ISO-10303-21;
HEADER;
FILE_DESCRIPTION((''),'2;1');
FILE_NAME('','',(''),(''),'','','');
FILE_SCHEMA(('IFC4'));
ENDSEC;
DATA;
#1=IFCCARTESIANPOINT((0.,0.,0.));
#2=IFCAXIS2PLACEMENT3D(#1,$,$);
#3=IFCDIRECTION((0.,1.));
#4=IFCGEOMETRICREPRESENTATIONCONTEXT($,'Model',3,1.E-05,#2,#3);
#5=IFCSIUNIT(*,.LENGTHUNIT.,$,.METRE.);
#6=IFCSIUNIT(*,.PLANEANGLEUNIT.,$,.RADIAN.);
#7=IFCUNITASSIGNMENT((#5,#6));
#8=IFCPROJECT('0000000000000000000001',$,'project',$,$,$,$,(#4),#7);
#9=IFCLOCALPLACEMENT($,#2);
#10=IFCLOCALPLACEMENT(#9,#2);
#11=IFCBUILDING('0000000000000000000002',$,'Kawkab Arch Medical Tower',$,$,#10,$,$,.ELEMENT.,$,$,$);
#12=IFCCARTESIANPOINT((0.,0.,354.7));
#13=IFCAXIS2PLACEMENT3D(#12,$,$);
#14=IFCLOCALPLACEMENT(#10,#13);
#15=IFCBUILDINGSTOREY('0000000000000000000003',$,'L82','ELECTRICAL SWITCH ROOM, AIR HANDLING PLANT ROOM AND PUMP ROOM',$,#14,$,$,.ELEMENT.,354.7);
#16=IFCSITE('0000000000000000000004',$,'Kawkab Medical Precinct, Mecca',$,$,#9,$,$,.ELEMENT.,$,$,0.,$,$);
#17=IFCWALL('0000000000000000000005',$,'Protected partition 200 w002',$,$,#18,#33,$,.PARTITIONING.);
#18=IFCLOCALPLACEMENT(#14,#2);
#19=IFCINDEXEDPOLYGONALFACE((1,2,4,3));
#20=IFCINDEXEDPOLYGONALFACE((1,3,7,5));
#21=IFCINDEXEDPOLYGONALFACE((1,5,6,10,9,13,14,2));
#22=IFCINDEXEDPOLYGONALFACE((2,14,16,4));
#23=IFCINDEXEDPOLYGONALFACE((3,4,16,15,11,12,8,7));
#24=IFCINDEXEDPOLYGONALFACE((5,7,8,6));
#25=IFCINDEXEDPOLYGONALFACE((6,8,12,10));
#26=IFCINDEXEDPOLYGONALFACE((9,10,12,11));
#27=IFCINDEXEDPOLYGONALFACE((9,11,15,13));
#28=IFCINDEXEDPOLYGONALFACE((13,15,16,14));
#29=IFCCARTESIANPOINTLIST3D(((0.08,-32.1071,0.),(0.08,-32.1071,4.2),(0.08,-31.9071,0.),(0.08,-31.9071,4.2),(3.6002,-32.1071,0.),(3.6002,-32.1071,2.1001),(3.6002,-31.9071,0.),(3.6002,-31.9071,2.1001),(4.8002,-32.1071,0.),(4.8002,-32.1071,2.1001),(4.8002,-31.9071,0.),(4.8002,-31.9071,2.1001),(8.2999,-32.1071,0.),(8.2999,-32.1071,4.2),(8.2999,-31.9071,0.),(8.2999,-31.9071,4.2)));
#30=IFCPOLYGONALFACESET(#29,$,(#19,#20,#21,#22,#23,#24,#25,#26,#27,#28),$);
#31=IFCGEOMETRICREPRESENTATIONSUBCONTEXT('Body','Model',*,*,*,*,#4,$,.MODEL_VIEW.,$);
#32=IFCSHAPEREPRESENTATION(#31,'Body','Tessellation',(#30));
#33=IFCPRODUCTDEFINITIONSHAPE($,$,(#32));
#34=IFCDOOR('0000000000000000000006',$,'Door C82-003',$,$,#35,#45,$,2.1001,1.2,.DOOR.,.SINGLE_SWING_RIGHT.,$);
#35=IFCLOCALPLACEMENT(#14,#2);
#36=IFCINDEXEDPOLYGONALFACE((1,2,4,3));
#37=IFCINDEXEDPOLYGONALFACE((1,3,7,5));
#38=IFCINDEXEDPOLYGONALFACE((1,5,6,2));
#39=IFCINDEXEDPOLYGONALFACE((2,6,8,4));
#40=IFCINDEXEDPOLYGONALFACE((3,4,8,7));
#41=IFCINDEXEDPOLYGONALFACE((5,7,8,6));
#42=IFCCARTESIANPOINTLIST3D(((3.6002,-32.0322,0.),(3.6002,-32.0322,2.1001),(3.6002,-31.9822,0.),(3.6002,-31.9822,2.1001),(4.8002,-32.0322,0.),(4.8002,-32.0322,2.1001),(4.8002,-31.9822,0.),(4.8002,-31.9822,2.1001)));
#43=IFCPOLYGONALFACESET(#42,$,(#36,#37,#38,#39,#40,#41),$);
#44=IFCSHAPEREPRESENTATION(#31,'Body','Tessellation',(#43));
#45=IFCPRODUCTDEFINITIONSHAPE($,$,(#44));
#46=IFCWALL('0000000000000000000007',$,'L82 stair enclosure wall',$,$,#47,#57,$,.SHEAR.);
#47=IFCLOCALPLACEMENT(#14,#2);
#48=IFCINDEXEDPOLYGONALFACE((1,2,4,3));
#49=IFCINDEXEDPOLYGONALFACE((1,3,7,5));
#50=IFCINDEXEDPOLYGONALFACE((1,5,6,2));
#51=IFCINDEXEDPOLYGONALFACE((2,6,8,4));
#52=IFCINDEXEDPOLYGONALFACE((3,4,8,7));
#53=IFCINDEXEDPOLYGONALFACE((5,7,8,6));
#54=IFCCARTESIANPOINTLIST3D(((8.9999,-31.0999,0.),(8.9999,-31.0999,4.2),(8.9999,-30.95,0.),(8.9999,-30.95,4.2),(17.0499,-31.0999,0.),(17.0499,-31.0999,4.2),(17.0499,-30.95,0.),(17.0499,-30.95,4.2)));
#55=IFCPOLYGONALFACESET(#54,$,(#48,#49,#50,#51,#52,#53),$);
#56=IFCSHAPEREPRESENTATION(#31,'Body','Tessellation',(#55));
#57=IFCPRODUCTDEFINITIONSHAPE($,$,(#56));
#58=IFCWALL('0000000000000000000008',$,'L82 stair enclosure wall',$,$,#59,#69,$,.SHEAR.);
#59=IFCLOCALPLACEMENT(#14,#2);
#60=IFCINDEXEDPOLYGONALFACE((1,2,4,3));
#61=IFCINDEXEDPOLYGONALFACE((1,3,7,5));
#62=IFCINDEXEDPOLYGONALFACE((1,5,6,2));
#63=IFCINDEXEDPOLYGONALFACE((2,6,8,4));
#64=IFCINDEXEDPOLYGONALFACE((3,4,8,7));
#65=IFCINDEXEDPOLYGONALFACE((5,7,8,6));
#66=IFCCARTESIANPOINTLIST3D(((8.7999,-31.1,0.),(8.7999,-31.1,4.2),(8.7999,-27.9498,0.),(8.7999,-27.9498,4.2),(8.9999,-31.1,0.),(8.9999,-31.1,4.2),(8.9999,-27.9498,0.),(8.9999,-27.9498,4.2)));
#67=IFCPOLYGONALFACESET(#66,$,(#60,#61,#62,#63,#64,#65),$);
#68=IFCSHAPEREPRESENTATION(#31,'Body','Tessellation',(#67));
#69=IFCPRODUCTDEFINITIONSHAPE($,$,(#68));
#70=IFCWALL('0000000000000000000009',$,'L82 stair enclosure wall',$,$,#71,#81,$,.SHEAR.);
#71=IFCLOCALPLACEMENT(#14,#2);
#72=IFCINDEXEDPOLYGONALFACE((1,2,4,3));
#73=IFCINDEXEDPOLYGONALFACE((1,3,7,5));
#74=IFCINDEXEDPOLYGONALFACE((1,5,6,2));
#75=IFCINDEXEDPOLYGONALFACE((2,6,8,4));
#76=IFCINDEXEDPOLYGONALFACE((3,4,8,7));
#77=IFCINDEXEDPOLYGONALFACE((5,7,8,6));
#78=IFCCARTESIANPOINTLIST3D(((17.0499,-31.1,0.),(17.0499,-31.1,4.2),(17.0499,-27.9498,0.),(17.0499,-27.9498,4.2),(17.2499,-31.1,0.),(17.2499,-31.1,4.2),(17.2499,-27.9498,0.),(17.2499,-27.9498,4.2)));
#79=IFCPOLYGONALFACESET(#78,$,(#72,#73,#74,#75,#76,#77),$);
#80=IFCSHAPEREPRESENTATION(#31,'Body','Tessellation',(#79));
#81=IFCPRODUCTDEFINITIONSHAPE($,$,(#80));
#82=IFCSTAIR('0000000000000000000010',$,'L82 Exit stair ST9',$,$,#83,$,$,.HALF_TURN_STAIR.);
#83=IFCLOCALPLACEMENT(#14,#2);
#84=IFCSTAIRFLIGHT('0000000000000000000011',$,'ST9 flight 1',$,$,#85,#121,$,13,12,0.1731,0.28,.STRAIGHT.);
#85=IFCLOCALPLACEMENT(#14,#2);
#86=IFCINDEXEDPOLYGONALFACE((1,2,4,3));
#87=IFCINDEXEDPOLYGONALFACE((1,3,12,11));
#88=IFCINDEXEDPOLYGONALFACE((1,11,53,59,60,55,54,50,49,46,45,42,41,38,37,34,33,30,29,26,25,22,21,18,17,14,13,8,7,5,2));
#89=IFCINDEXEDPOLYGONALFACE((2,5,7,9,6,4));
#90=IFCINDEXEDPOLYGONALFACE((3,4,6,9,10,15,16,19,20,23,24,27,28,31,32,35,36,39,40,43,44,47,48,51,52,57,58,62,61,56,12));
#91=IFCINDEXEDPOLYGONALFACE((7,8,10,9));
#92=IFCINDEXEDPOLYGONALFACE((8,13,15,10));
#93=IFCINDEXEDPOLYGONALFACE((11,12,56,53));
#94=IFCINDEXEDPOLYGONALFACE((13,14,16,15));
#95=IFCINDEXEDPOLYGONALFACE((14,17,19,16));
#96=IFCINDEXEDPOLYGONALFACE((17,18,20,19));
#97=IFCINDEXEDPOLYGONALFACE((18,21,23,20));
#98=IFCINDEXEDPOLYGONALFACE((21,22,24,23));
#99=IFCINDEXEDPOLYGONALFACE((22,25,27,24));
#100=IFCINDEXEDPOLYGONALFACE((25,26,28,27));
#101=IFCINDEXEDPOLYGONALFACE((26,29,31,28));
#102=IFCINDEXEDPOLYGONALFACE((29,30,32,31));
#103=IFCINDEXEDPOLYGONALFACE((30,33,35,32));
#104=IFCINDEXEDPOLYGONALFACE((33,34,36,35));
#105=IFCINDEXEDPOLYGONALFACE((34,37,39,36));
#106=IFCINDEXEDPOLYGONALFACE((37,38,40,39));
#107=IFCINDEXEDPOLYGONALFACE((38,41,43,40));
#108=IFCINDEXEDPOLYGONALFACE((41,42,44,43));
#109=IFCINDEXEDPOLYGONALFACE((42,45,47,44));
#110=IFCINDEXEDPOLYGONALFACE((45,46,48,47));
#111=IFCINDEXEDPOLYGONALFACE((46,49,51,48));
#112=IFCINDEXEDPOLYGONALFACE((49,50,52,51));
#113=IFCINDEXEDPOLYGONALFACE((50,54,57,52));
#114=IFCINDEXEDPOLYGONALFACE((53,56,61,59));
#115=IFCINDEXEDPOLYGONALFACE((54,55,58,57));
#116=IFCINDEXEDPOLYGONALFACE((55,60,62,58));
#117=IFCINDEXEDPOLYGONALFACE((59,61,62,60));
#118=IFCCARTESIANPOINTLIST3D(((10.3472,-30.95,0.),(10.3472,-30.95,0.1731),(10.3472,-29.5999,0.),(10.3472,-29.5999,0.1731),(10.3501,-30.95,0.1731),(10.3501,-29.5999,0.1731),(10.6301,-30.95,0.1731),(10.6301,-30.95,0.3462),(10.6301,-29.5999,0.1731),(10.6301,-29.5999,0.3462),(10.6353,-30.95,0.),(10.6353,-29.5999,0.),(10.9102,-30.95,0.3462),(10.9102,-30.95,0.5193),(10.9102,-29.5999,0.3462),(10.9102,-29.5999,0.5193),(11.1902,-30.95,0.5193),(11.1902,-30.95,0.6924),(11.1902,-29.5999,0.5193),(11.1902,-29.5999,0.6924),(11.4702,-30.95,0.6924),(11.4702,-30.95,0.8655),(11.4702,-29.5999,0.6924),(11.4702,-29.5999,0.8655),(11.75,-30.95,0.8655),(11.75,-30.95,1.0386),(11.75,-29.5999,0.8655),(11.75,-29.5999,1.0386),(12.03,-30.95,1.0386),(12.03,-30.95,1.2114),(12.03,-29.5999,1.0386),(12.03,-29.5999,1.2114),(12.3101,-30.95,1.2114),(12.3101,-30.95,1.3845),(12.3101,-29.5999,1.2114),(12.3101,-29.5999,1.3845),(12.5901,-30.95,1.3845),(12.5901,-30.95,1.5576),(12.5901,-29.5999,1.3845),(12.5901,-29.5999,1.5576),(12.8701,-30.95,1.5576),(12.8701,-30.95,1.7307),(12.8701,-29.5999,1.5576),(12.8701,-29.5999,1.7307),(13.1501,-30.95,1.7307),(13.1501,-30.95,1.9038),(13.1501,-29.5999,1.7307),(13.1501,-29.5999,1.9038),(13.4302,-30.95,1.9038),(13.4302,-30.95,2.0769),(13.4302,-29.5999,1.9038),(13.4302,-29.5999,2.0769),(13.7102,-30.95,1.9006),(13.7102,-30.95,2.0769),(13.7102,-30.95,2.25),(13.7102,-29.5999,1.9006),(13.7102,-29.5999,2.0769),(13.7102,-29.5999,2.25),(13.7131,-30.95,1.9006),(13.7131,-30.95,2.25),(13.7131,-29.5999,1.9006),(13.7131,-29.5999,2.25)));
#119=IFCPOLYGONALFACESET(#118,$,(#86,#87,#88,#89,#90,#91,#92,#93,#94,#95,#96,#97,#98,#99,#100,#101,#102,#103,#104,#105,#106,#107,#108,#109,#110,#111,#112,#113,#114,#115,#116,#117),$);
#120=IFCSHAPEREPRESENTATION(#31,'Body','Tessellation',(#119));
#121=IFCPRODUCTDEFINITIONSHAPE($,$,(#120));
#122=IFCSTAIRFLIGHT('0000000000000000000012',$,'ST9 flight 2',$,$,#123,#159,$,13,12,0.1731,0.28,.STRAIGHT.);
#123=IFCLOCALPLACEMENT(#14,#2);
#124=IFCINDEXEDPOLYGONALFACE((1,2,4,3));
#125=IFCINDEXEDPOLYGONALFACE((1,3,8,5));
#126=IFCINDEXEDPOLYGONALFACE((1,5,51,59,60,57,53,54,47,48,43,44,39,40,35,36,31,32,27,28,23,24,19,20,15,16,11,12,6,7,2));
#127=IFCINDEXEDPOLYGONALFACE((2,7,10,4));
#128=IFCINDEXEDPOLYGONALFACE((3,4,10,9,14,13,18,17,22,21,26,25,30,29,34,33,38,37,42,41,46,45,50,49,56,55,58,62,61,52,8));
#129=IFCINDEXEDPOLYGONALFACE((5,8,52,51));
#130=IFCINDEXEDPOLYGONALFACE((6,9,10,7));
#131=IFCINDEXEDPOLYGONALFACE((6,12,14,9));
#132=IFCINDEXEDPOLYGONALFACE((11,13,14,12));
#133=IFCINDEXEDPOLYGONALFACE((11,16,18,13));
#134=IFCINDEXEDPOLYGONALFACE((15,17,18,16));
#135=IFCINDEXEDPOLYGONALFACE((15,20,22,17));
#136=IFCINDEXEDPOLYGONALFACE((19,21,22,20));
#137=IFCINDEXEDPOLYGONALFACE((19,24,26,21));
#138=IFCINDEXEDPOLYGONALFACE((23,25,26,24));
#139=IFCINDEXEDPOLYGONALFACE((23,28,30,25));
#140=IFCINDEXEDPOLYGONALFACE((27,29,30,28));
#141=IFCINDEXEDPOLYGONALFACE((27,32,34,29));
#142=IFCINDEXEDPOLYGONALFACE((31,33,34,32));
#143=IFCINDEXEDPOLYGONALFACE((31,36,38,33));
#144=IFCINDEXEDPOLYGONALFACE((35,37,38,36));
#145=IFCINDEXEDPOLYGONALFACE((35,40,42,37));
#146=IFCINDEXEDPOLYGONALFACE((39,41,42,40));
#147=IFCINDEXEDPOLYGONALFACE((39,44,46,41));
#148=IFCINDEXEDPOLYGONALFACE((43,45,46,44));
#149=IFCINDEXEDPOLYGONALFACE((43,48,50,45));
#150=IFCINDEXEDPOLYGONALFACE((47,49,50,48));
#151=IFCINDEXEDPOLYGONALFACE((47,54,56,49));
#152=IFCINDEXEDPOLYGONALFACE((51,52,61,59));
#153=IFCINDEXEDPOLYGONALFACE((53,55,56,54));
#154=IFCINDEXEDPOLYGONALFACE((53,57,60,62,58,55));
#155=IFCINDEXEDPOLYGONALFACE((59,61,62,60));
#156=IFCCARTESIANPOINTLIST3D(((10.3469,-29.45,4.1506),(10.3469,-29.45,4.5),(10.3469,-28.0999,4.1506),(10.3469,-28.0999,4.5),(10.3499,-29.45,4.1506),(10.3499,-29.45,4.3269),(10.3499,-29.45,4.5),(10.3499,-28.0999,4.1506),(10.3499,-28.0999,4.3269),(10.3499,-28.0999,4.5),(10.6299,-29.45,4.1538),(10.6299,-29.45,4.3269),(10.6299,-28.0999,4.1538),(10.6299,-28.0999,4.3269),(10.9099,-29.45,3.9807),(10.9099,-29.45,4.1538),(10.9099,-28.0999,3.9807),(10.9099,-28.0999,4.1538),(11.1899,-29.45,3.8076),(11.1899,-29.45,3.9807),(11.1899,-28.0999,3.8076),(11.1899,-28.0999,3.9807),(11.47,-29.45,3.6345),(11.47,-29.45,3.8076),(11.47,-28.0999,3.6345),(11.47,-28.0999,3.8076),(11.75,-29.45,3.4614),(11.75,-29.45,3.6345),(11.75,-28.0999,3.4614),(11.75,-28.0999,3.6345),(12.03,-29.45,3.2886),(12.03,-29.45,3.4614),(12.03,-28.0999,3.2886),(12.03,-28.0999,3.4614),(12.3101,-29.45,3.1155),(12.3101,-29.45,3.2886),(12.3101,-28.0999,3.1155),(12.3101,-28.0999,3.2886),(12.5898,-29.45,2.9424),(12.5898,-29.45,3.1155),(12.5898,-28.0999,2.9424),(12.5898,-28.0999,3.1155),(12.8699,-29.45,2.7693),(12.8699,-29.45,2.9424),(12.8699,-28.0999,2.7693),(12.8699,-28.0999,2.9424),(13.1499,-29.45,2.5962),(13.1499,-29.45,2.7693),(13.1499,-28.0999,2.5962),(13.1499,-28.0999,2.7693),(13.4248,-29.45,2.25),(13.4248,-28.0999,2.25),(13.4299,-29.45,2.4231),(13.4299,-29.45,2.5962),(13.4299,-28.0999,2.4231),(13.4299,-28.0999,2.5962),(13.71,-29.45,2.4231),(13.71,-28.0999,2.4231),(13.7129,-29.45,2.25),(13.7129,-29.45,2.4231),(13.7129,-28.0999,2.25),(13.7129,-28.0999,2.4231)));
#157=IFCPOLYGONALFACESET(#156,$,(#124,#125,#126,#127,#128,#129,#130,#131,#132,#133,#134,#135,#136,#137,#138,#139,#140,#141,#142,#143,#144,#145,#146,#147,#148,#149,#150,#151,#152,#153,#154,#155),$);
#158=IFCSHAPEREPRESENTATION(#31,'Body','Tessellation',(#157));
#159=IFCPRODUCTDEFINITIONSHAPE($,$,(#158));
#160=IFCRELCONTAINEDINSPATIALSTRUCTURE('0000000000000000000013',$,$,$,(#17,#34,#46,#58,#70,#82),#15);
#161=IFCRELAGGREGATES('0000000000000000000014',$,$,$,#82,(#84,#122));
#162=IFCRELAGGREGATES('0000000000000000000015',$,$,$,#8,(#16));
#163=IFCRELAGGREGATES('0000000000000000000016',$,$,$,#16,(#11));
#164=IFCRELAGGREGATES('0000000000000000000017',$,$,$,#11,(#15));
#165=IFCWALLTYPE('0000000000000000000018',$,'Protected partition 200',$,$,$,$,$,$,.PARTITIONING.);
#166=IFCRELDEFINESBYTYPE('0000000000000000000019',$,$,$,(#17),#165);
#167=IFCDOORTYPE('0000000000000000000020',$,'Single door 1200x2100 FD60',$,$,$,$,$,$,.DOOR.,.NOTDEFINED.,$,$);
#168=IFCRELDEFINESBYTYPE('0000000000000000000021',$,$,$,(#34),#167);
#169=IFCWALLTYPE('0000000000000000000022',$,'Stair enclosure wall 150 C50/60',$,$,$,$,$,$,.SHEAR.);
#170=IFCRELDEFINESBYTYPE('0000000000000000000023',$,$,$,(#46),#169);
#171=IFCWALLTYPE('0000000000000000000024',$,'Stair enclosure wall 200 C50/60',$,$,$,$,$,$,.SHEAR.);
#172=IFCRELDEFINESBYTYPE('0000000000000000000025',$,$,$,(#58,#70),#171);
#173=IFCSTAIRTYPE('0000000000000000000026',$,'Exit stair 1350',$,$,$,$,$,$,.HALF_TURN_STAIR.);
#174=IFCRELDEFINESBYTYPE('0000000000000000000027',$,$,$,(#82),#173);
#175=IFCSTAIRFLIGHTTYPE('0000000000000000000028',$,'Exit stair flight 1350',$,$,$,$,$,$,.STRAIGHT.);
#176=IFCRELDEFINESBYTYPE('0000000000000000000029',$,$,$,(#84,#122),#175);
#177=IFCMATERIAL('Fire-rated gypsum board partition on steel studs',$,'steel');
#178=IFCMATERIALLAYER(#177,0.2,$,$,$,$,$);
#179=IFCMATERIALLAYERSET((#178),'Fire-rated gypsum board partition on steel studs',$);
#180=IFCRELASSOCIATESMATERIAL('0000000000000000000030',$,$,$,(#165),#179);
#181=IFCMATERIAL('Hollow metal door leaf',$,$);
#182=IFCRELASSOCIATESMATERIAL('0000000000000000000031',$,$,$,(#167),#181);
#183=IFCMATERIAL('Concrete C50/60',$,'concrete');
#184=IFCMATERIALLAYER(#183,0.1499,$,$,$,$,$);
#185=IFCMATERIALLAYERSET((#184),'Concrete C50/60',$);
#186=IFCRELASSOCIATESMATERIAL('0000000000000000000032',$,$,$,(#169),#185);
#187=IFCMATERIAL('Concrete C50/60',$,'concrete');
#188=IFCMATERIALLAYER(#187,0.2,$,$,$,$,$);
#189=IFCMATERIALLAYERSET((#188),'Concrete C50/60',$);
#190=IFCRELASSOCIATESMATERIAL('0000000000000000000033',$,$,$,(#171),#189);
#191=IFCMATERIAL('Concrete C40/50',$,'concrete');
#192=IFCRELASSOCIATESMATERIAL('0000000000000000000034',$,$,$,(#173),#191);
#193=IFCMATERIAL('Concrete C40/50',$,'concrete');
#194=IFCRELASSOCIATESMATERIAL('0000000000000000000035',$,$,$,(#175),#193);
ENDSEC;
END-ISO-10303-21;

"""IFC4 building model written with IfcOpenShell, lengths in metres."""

from ifc_helpers import new_model, si_unit, direction, frame, frame_2d, origin, place, context, subcontext, project, spatial, polyline, rectangle, outline, extrude, material, layer, layer_set, type_object, element, fill, aggregate, save


model = new_model("IFC4")

# Units and contexts
model_context = context("Model", 3, precision=1e-05, world=origin(), true_north=direction((0.0, 1.0)))
body_context = subcontext(model_context, "Body", "Model", "MODEL_VIEW")
ifc_project = project(units=[si_unit("LENGTHUNIT", "METRE"), si_unit("PLANEANGLEUNIT", "RADIAN")], contexts=[model_context])

# Site, building, storey
site_placement = place(None, origin())
site = spatial("IfcSite", under=ifc_project, at=site_placement, Name="Kawkab Medical Precinct, Mecca", CompositionType="ELEMENT", RefElevation=0.0)
building_placement = place(site_placement, origin())
building = spatial("IfcBuilding", under=site, at=building_placement, Name="Kawkab Arch Medical Tower", CompositionType="ELEMENT")
storey_placement = place(building_placement, frame((0.0, 0.0, 354.7)))
storey = spatial("IfcBuildingStorey", under=building, at=storey_placement, Name="L82", Description="ELECTRICAL SWITCH ROOM, AIR HANDLING PLANT ROOM AND PUMP ROOM", CompositionType="ELEMENT", Elevation=354.7)

# Shared definitions
placement = place(storey_placement, origin())

# Wall, opening, door
ifc_material_1 = material(Name="Fire-rated gypsum board partition on steel studs", Category="steel")
ifc_layer_1 = layer(ifc_material_1, 0.2)
ifc_layer_set_1 = layer_set([ifc_layer_1], Name="Fire-rated gypsum board partition on steel studs")
wall_type_1 = type_object("IfcWallType", Name="Protected partition 200", PredefinedType="PARTITIONING", material=ifc_layer_set_1)
wall_1_placement = place(storey_placement, frame((0.0801, -32.0071, 0.0), z_axis=(0.0, 0.0, 1.0), x_axis=(1.0, 0.0, 0.0)))
wall_1 = element("IfcWall", 1, at=wall_1_placement, inside=storey, type_object=wall_type_1, Name="Protected partition 200 w002", PredefinedType="PARTITIONING", context=body_context, shape_type="SweptSolid", body=[
    extrude(rectangle(XDim=8.22, YDim=0.2, at=frame_2d((4.1099, 0.0))), origin(), (0.0, 0.0, 1.0), 4.2),
])
opening_placement = place(wall_1_placement, frame((3.52, 0.0, 0.0)))
opening = element("IfcOpeningElement", 2, at=opening_placement, cuts=wall_1, PredefinedType="OPENING", context=body_context, shape_type="SweptSolid", body=[
    extrude(rectangle(XDim=1.2, YDim=2.1001, at=frame_2d((0.6001, 1.05))), frame((0.0, 0.1099, 0.0), z_axis=(0.0, -1.0, 0.0), x_axis=(1.0, 0.0, 0.0)), (0.0, 0.0, 1.0), 0.22),
])
ifc_material_2 = material(Name="Hollow metal door leaf")
door_type = type_object("IfcDoorType", Name="Single door 1200x2100 FD60", OperationType="NOTDEFINED", PredefinedType="DOOR", material=ifc_material_2)
door_placement = place(opening_placement, origin())
door = element("IfcDoor", 3, at=door_placement, inside=storey, type_object=door_type, Name="Door C82-003", OperationType="SINGLE_SWING_RIGHT", OverallHeight=2.1001, OverallWidth=1.2, PredefinedType="DOOR", context=body_context, shape_type="SweptSolid", body=[
    extrude(rectangle(XDim=1.2, YDim=2.1001, at=frame_2d((0.6001, 1.05))), frame((0.0, 0.0249, 0.0), z_axis=(0.0, -1.0, 0.0), x_axis=(1.0, 0.0, 0.0)), (0.0, 0.0, 1.0), 0.05),
])
fill(opening, door)

# Walls
ifc_material_3 = material(Name="Concrete C50/60", Category="concrete")
ifc_layer_2 = layer(ifc_material_3, 0.1499)
ifc_layer_set_2 = layer_set([ifc_layer_2], Name="Concrete C50/60")
wall_type_2 = type_object("IfcWallType", Name="Stair enclosure wall 150 C50/60", PredefinedType="SHEAR", material=ifc_layer_set_2)
wall_2_placement = place(storey_placement, frame((9.0, -31.0249, 0.0), z_axis=(0.0, 0.0, 1.0), x_axis=(1.0, 0.0, 0.0)))
element("IfcWall", 4, at=wall_2_placement, inside=storey, type_object=wall_type_2, Name="L82 stair enclosure wall", PredefinedType="SHEAR", context=body_context, shape_type="SweptSolid", body=[
    extrude(rectangle(XDim=8.05, YDim=0.1499, at=frame_2d((4.0249, 0.0))), origin(), (0.0, 0.0, 1.0), 4.2),
])
ifc_material_4 = material(Name="Concrete C50/60", Category="concrete")
ifc_layer_3 = layer(ifc_material_4, 0.2)
ifc_layer_set_3 = layer_set([ifc_layer_3], Name="Concrete C50/60")
wall_type_3 = type_object("IfcWallType", Name="Stair enclosure wall 200 C50/60", PredefinedType="SHEAR", material=ifc_layer_set_3)
for number, where, z_axis, x_axis, name in (
    (5, (8.8999, -31.1001, 0.0), (0.0, 0.0, 1.0), (0.0, 1.0, 0.0), "L82 stair enclosure wall"),
    (6, (17.1499, -31.1001, 0.0), (0.0, 0.0, 1.0), (0.0, 1.0, 0.0), "L82 stair enclosure wall"),
):
    element("IfcWall", number, at=place(storey_placement, frame(where, z_axis=z_axis, x_axis=x_axis)), inside=storey, type_object=wall_type_3, Name=name, PredefinedType="SHEAR", context=body_context, shape_type="SweptSolid", body=[
        extrude(rectangle(XDim=3.1501, YDim=0.2, at=frame_2d((1.5752, 0.0))), origin(), (0.0, 0.0, 1.0), 4.2),
    ])

# Stair, stair flights
ifc_material_5 = material(Name="Concrete C40/50", Category="concrete")
stair_type = type_object("IfcStairType", Name="Exit stair 1350", PredefinedType="HALF_TURN_STAIR", material=ifc_material_5)
stair = element("IfcStair", 7, at=placement, inside=storey, type_object=stair_type, Name="L82 Exit stair ST9", PredefinedType="HALF_TURN_STAIR")
ifc_material_6 = material(Name="Concrete C40/50", Category="concrete")
stair_flight_type = type_object("IfcStairFlightType", Name="Exit stair flight 1350", PredefinedType="STRAIGHT", material=ifc_material_6)
stair_flight_1_placement = place(storey_placement, frame((10.3501, -30.2749, 0.0), z_axis=(0.0, 0.0, 1.0), x_axis=(1.0, 0.0, 0.0)))
stair_flight_1 = element("IfcStairFlight", 8, at=stair_flight_1_placement, type_object=stair_flight_type, Name="ST9 flight 1", NumberOfRisers=13, NumberOfTreads=12, PredefinedType="STRAIGHT", RiserHeight=0.1731, TreadLength=0.28, context=body_context, shape_type="SweptSolid", body=[
    extrude(outline(polyline([(-0.0029, 0.0), (-0.0029, 0.1731), (0.0, 0.1731), (0.28, 0.1731), (0.28, 0.3462), (0.5601, 0.3462), (0.5601, 0.5193), (0.8401, 0.5193), (0.8401, 0.6924), (1.1201, 0.6924), (1.1201, 0.8655), (1.3999, 0.8655), (1.3999, 1.0386), (1.6799, 1.0386), (1.6799, 1.2114), (1.96, 1.2114), (1.96, 1.3845), (2.24, 1.3845), (2.24, 1.5576), (2.52, 1.5576), (2.52, 1.7307), (2.8, 1.7307), (2.8, 1.9038), (3.0801, 1.9038), (3.0801, 2.0769), (3.3601, 2.0769), (3.3601, 2.25), (3.363, 2.25), (3.363, 1.9006), (3.3601, 1.9006), (0.2852, 0.0), (-0.0029, 0.0)])), frame((0.0, 0.675, 0.0), z_axis=(0.0, -1.0, 0.0), x_axis=(1.0, 0.0, 0.0)), (0.0, 0.0, 1.0), 1.3501),
])
stair_flight_2_placement = place(storey_placement, frame((13.71, -28.7749, 2.25), z_axis=(0.0, 0.0, 1.0), x_axis=(-1.0, 0.0, 0.0)))
stair_flight_2 = element("IfcStairFlight", 9, at=stair_flight_2_placement, type_object=stair_flight_type, Name="ST9 flight 2", NumberOfRisers=13, NumberOfTreads=12, PredefinedType="STRAIGHT", RiserHeight=0.1731, TreadLength=0.28, context=body_context, shape_type="SweptSolid", body=[
    extrude(outline(polyline([(-0.0029, 0.0), (-0.0029, 0.1731), (0.0, 0.1731), (0.28, 0.1731), (0.28, 0.3462), (0.5601, 0.3462), (0.5601, 0.5193), (0.8401, 0.5193), (0.8401, 0.6924), (1.1201, 0.6924), (1.1201, 0.8655), (1.3999, 0.8655), (1.3999, 1.0386), (1.6799, 1.0386), (1.6799, 1.2114), (1.96, 1.2114), (1.96, 1.3845), (2.24, 1.3845), (2.24, 1.5576), (2.52, 1.5576), (2.52, 1.7307), (2.8, 1.7307), (2.8, 1.9038), (3.0801, 1.9038), (3.0801, 2.0769), (3.3601, 2.0769), (3.3601, 2.25), (3.363, 2.25), (3.363, 1.9006), (3.3601, 1.9006), (0.2852, 0.0), (-0.0029, 0.0)])), frame((0.0, 0.675, 0.0), z_axis=(0.0, -1.0, 0.0), x_axis=(1.0, 0.0, 0.0)), (0.0, 0.0, 1.0), 1.3501),
])
aggregate(stair, [stair_flight_1, stair_flight_2])

save(model, "model.ifc")
